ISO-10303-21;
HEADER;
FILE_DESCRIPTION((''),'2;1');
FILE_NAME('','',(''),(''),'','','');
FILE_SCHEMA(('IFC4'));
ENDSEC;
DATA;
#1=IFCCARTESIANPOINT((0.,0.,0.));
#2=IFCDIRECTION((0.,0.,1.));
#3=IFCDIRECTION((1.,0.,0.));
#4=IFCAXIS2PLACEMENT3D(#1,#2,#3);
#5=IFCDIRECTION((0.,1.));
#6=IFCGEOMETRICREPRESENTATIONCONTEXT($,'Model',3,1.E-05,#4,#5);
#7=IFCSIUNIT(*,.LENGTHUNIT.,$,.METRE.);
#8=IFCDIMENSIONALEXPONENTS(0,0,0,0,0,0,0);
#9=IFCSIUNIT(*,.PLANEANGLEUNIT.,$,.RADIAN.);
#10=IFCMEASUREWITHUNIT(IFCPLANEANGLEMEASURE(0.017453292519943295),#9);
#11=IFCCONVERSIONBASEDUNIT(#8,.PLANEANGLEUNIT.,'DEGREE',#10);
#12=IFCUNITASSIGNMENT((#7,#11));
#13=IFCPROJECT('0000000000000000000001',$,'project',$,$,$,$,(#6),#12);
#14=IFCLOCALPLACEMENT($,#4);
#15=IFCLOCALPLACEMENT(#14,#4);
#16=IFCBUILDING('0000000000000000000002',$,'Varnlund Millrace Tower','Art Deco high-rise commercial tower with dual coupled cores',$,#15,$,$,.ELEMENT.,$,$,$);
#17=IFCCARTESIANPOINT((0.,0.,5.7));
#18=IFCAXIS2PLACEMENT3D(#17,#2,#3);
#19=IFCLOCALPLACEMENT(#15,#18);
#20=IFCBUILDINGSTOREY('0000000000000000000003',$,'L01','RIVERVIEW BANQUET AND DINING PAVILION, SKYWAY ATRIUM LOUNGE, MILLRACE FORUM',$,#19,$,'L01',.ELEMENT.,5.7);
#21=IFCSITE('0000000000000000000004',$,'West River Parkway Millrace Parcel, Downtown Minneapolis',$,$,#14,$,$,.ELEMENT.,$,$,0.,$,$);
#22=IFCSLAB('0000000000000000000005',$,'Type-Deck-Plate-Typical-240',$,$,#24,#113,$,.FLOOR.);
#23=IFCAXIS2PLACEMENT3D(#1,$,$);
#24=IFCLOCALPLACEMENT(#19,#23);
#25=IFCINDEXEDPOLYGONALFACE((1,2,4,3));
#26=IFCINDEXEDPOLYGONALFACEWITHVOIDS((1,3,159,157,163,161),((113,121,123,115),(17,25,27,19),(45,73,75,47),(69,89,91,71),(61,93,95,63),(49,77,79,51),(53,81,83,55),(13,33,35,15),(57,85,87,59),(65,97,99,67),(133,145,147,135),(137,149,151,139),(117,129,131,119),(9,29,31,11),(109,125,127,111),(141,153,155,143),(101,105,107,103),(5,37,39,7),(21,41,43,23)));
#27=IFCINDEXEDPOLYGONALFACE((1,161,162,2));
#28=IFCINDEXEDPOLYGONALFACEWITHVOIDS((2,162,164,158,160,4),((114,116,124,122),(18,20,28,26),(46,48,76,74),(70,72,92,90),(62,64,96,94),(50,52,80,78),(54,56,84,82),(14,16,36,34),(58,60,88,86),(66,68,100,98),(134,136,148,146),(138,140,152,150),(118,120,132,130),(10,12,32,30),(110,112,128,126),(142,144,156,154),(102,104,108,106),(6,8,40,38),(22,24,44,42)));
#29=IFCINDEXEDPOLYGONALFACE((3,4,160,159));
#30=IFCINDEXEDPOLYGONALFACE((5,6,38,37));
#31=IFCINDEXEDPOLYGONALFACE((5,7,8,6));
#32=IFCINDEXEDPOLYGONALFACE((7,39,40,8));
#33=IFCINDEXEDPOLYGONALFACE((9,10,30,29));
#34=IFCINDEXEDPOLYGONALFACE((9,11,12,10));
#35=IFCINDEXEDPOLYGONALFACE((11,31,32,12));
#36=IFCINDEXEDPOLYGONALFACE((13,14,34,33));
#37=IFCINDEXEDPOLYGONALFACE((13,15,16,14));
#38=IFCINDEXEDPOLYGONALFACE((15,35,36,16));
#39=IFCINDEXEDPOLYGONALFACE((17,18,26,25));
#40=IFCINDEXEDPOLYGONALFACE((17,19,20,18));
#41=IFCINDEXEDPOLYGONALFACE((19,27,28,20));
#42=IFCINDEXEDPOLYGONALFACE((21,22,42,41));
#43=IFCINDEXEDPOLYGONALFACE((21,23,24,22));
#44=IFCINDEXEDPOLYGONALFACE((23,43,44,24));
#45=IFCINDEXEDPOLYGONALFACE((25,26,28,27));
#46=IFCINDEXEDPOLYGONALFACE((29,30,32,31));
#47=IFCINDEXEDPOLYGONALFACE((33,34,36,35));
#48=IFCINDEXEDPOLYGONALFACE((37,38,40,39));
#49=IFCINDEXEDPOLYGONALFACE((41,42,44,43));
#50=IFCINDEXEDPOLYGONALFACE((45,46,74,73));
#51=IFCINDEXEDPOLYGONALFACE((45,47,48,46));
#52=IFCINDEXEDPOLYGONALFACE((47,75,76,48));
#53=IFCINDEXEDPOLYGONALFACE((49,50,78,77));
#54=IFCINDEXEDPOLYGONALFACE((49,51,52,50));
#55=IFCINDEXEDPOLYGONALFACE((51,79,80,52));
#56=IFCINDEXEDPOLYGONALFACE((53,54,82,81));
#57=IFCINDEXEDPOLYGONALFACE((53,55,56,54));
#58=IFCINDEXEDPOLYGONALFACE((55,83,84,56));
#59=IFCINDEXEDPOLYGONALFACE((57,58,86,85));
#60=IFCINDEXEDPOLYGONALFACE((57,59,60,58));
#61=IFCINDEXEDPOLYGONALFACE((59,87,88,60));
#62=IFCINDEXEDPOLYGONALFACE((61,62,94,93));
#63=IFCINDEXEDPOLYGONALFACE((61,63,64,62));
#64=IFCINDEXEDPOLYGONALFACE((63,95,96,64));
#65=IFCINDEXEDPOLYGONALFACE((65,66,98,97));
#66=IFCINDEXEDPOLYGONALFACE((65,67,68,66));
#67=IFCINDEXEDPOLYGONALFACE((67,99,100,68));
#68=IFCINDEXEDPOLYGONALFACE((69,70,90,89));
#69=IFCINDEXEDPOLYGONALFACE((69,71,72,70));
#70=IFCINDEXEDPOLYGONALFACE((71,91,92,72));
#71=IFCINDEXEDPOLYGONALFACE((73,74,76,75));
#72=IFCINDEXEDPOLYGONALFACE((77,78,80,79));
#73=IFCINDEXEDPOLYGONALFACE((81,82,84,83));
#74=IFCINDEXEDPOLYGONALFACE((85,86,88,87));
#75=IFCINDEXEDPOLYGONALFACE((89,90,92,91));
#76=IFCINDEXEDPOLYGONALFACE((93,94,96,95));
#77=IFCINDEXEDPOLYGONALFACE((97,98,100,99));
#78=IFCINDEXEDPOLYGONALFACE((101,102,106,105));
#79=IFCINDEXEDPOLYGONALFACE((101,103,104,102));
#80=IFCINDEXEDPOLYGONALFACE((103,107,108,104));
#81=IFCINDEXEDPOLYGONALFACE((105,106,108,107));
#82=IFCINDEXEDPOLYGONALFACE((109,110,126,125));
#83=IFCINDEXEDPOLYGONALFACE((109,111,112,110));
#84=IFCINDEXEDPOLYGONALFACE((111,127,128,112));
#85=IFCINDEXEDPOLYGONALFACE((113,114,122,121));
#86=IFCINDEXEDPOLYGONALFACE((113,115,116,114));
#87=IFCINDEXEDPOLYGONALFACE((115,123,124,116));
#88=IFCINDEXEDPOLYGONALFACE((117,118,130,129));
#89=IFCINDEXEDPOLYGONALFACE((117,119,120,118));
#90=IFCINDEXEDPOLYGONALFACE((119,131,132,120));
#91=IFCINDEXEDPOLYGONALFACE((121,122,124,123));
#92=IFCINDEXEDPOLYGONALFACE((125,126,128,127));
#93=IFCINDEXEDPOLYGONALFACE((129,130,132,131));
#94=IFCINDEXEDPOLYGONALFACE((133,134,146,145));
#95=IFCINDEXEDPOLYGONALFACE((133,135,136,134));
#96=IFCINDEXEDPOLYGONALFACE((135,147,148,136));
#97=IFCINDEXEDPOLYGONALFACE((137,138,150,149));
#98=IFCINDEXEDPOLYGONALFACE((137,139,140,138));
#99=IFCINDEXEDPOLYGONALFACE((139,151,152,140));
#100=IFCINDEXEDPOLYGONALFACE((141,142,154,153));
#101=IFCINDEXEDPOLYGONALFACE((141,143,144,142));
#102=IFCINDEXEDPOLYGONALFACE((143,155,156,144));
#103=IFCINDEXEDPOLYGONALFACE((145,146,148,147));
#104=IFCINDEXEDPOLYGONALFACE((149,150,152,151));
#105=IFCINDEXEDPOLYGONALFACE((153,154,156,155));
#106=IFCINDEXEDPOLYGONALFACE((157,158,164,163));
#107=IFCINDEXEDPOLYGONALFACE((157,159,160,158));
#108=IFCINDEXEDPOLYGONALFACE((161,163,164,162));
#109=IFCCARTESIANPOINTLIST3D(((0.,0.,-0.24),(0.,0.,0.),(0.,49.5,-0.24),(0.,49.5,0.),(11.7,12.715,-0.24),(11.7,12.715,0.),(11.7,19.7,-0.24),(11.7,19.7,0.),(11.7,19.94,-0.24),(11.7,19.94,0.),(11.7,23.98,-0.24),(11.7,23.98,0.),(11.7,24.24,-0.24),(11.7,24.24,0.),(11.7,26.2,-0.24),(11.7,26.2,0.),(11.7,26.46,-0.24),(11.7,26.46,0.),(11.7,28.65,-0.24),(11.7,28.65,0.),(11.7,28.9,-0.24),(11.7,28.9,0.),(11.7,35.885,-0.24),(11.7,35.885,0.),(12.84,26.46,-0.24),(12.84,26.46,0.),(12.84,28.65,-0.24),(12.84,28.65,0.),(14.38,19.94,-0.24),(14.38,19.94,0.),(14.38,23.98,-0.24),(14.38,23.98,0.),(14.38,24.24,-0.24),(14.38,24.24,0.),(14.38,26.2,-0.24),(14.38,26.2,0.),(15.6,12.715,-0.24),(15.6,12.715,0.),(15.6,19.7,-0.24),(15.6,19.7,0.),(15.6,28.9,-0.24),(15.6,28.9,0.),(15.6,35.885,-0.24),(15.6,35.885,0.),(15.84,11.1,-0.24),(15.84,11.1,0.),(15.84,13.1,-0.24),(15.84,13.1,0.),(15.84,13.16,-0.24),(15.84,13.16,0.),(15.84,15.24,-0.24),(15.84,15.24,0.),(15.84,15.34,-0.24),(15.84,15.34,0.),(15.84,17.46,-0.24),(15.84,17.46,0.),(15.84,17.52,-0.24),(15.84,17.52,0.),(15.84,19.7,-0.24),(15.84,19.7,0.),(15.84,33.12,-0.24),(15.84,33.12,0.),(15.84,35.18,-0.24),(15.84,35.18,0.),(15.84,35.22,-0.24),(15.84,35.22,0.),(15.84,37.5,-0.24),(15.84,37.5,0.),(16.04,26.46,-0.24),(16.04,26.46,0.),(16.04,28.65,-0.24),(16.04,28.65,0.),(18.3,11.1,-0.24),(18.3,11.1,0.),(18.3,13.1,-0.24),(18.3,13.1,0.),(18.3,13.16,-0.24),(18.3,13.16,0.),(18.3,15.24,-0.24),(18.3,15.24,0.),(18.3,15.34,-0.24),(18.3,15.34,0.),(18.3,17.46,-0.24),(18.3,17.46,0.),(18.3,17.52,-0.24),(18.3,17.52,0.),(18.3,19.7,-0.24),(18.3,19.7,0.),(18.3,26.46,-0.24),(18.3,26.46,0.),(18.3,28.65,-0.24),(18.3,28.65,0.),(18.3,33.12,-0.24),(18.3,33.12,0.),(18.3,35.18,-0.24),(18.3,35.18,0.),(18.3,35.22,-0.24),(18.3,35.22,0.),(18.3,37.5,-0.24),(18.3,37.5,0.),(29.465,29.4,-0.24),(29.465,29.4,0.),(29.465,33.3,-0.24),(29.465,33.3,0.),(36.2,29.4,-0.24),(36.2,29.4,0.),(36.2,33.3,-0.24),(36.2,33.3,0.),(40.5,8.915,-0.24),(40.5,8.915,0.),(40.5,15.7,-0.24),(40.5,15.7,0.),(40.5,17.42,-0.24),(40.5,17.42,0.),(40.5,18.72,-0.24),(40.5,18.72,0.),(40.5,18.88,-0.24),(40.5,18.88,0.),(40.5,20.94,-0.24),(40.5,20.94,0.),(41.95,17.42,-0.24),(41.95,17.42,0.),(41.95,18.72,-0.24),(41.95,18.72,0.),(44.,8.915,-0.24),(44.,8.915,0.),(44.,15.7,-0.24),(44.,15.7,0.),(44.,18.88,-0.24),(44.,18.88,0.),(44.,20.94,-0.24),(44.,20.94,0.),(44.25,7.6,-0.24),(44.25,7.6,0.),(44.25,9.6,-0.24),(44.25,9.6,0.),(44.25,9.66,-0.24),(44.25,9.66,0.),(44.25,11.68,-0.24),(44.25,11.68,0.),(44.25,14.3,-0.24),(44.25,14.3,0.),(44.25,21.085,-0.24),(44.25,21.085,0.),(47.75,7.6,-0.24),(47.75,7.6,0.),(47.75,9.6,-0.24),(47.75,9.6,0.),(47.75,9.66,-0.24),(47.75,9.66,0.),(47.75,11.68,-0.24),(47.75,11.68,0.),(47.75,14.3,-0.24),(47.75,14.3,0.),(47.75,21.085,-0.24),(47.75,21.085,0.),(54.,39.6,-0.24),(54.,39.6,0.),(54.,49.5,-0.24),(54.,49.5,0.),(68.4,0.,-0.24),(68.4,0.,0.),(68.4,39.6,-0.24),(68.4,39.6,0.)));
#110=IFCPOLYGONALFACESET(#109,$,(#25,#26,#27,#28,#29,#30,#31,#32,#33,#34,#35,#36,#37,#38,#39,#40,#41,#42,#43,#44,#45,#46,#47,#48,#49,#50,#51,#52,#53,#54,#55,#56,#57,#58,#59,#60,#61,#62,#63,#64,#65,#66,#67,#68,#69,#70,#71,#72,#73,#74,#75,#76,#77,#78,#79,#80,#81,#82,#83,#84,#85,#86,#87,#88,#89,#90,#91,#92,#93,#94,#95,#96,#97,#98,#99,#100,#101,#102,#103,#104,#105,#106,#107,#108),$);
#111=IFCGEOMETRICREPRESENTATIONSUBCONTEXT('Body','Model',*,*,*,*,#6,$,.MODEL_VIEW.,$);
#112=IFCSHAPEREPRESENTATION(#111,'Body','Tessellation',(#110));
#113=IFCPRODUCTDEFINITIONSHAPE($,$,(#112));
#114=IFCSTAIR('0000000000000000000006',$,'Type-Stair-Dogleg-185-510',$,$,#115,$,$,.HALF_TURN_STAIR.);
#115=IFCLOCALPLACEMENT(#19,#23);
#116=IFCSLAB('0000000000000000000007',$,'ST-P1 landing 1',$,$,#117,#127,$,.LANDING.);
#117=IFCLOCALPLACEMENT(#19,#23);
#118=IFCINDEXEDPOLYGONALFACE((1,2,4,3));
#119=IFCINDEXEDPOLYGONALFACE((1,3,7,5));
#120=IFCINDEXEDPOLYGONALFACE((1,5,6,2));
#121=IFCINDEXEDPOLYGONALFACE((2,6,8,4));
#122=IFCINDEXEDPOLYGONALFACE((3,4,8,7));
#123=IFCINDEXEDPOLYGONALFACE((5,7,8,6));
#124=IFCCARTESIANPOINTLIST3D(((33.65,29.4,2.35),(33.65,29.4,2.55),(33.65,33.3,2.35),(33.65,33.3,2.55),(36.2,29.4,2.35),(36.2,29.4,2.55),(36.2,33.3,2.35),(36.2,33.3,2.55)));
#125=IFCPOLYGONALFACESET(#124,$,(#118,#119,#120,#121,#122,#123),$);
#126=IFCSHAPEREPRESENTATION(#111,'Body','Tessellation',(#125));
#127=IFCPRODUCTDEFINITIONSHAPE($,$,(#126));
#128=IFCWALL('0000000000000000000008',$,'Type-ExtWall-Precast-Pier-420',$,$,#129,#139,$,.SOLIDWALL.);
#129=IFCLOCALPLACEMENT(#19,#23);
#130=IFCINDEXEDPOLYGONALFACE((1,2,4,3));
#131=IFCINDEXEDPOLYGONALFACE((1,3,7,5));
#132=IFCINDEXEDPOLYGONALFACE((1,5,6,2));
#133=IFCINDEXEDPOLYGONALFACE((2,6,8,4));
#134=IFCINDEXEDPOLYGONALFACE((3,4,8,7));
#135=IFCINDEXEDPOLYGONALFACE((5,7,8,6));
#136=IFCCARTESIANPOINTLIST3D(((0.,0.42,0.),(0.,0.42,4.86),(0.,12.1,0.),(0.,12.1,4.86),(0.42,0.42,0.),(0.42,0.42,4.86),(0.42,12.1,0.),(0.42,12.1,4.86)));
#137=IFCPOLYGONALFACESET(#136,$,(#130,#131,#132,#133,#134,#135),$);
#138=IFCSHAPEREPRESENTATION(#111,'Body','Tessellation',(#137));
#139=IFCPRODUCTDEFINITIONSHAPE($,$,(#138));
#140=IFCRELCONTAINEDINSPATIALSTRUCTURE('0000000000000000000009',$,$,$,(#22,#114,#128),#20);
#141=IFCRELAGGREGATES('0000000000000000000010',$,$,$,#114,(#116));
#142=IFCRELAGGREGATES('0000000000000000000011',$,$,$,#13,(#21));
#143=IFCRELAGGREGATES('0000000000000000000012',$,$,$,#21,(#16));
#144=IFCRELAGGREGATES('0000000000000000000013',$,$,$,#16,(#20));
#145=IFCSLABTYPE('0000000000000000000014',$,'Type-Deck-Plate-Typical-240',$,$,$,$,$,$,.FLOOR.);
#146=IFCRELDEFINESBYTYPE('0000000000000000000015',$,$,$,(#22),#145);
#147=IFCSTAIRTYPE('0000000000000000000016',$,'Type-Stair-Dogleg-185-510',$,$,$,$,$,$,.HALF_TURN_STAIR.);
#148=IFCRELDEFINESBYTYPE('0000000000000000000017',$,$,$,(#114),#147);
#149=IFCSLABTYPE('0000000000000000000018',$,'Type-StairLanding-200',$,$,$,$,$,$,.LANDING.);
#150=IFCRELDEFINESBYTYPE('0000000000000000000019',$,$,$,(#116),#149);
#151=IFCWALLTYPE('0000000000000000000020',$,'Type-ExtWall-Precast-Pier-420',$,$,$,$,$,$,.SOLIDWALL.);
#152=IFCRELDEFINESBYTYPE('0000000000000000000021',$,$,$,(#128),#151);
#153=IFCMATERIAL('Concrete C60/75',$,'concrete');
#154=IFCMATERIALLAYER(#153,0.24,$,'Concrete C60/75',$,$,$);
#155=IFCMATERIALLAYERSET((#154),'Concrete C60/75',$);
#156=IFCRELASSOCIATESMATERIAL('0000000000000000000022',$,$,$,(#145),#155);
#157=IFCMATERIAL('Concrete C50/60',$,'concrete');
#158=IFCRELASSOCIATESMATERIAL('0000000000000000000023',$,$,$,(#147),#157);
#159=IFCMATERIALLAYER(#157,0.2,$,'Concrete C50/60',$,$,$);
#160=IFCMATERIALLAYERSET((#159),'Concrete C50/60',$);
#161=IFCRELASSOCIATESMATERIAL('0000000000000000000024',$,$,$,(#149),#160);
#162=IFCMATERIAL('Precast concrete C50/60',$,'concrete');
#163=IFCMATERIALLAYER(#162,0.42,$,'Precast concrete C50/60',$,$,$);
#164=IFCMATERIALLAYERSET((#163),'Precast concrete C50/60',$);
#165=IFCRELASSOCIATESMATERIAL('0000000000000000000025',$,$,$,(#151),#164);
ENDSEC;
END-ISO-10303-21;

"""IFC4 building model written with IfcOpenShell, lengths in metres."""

from ifc_helpers import new_model, entity, si_unit, converted_unit, direction, frame, origin_with_axes, place, context, subcontext, project, spatial, polyline, outline, extrude, material, layer, layer_set, type_object, element, aggregate, save


model = new_model("IFC4")

# Units and contexts
model_context = context("Model", 3, precision=1e-05, world=origin_with_axes(), true_north=direction((0.0, 1.0)))
body_context = subcontext(model_context, "Body", "Model", "MODEL_VIEW")
ifc_project = project(units=[si_unit("LENGTHUNIT", "METRE"), converted_unit("PLANEANGLEUNIT", "DEGREE", entity("IfcPlaneAngleMeasure", 0.017453292519943295), si_unit("PLANEANGLEUNIT", "RADIAN"), dimensions=[0, 0, 0, 0, 0, 0, 0])], contexts=[model_context])

# Site, building, storey
site_placement = place(None, origin_with_axes())
site = spatial("IfcSite", under=ifc_project, at=site_placement, Name="West River Parkway Millrace Parcel, Downtown Minneapolis", CompositionType="ELEMENT", RefElevation=0.0)
building_placement = place(site_placement, origin_with_axes())
building = spatial("IfcBuilding", under=site, at=building_placement, Name="Varnlund Millrace Tower", Description="Art Deco high-rise commercial tower with dual coupled cores", CompositionType="ELEMENT")
storey_placement = place(building_placement, frame((0.0, 0.0, 5.7), z_axis=(0.0, 0.0, 1.0), x_axis=(1.0, 0.0, 0.0)))
storey = spatial("IfcBuildingStorey", under=building, at=storey_placement, Name="L01", Description="RIVERVIEW BANQUET AND DINING PAVILION, SKYWAY ATRIUM LOUNGE, MILLRACE FORUM", LongName="L01", CompositionType="ELEMENT", Elevation=5.7)

# Slab
ifc_material_1 = material(Name="Concrete C60/75", Category="concrete")
ifc_layer_1 = layer(ifc_material_1, 0.24, Name="Concrete C60/75")
ifc_layer_set_1 = layer_set([ifc_layer_1], Name="Concrete C60/75")
slab_type_1 = type_object("IfcSlabType", Name="Type-Deck-Plate-Typical-240", PredefinedType="FLOOR", material=ifc_layer_set_1)
slab_1_placement = place(storey_placement, frame((0.0, 0.0, -0.24), z_axis=(0.0, 0.0, 1.0), x_axis=(1.0, 0.0, 0.0)))
element("IfcSlab", 1, at=slab_1_placement, inside=storey, type_object=slab_type_1, Name="Type-Deck-Plate-Typical-240", PredefinedType="FLOOR", context=body_context, shape_type="SweptSolid", body=[
    extrude(outline(polyline([(68.4, 39.6), (54.0, 39.6), (54.0, 49.5), (0.0, 49.5), (0.0, 0.0), (68.4, 0.0), (68.4, 39.6)]), holes=[polyline([(18.3, 11.1), (15.84, 11.1), (15.84, 13.1), (18.3, 13.1), (18.3, 11.1)]), polyline([(18.3, 13.16), (15.84, 13.16), (15.84, 15.24), (18.3, 15.24), (18.3, 13.16)]), polyline([(15.6, 12.715), (11.7, 12.715), (11.7, 19.7), (15.6, 19.7), (15.6, 12.715)]), polyline([(15.84, 15.34), (15.84, 17.46), (18.3, 17.46), (18.3, 15.34), (15.84, 15.34)]), polyline([(15.84, 17.52), (15.84, 19.7), (18.3, 19.7), (18.3, 17.52), (15.84, 17.52)]), polyline([(11.7, 23.98), (14.38, 23.98), (14.38, 19.94), (11.7, 19.94), (11.7, 23.98)]), polyline([(14.38, 24.24), (11.7, 24.24), (11.7, 26.2), (14.38, 26.2), (14.38, 24.24)]), polyline([(11.7, 26.46), (11.7, 28.65), (12.84, 28.65), (12.84, 26.46), (11.7, 26.46)]), polyline([(11.7, 28.9), (11.7, 35.885), (15.6, 35.885), (15.6, 28.9), (11.7, 28.9)]), polyline([(47.75, 7.6), (44.25, 7.6), (44.25, 9.6), (47.75, 9.6), (47.75, 7.6)]), polyline([(47.75, 9.66), (44.25, 9.66), (44.25, 11.68), (47.75, 11.68), (47.75, 9.66)]), polyline([(44.0, 8.915), (40.5, 8.915), (40.5, 15.7), (44.0, 15.7), (44.0, 8.915)]), polyline([(44.25, 14.3), (44.25, 21.085), (47.75, 21.085), (47.75, 14.3), (44.25, 14.3)]), polyline([(40.5, 17.42), (40.5, 18.72), (41.95, 18.72), (41.95, 17.42), (40.5, 17.42)]), polyline([(44.0, 18.88), (40.5, 18.88), (40.5, 20.94), (44.0, 20.94), (44.0, 18.88)]), polyline([(18.3, 26.46), (16.04, 26.46), (16.04, 28.65), (18.3, 28.65), (18.3, 26.46)]), polyline([(36.2, 29.4), (29.465, 29.4), (29.465, 33.3), (36.2, 33.3), (36.2, 29.4)]), polyline([(15.84, 33.12), (15.84, 35.18), (18.3, 35.18), (18.3, 33.12), (15.84, 33.12)]), polyline([(15.84, 35.22), (15.84, 37.5), (18.3, 37.5), (18.3, 35.22), (15.84, 35.22)])]), origin_with_axes(), (0.0, 0.0, 1.0), 0.24),
])

# Stair, slab
ifc_material_2 = material(Name="Concrete C50/60", Category="concrete")
stair_type = type_object("IfcStairType", Name="Type-Stair-Dogleg-185-510", PredefinedType="HALF_TURN_STAIR", material=ifc_material_2)
stair_placement = place(storey_placement, origin_with_axes())
stair = element("IfcStair", 2, at=stair_placement, inside=storey, type_object=stair_type, Name="Type-Stair-Dogleg-185-510", PredefinedType="HALF_TURN_STAIR")
ifc_layer_2 = layer(ifc_material_2, 0.2, Name="Concrete C50/60")
ifc_layer_set_2 = layer_set([ifc_layer_2], Name="Concrete C50/60")
slab_type_2 = type_object("IfcSlabType", Name="Type-StairLanding-200", PredefinedType="LANDING", material=ifc_layer_set_2)
slab_2_placement = place(storey_placement, frame((0.0, 0.0, 2.35), z_axis=(0.0, 0.0, 1.0), x_axis=(1.0, 0.0, 0.0)))
slab_2 = element("IfcSlab", 3, at=slab_2_placement, type_object=slab_type_2, Name="ST-P1 landing 1", PredefinedType="LANDING", context=body_context, shape_type="SweptSolid", body=[
    extrude(outline(polyline([(33.65, 29.4), (36.2, 29.4), (36.2, 33.3), (33.65, 33.3), (33.65, 29.4)])), origin_with_axes(), (0.0, 0.0, 1.0), 0.2),
])
aggregate(stair, [slab_2])

# Wall
ifc_material_3 = material(Name="Precast concrete C50/60", Category="concrete")
ifc_layer_3 = layer(ifc_material_3, 0.42, Name="Precast concrete C50/60")
ifc_layer_set_3 = layer_set([ifc_layer_3], Name="Precast concrete C50/60")
wall_type = type_object("IfcWallType", Name="Type-ExtWall-Precast-Pier-420", PredefinedType="SOLIDWALL", material=ifc_layer_set_3)
wall_placement = place(storey_placement, frame((0.21, 0.42, 0.0), z_axis=(0.0, 0.0, 1.0), x_axis=(0.0, 1.0, 0.0)))
element("IfcWall", 4, at=wall_placement, inside=storey, type_object=wall_type, Name="Type-ExtWall-Precast-Pier-420", PredefinedType="SOLIDWALL", context=body_context, shape_type="SweptSolid", body=[
    extrude(outline(polyline([(0.0, -0.21), (11.68, -0.21), (11.68, 0.21), (0.0, 0.21), (0.0, -0.21)])), origin_with_axes(), (0.0, 0.0, 1.0), 4.86),
])

save(model, "model.ifc")
